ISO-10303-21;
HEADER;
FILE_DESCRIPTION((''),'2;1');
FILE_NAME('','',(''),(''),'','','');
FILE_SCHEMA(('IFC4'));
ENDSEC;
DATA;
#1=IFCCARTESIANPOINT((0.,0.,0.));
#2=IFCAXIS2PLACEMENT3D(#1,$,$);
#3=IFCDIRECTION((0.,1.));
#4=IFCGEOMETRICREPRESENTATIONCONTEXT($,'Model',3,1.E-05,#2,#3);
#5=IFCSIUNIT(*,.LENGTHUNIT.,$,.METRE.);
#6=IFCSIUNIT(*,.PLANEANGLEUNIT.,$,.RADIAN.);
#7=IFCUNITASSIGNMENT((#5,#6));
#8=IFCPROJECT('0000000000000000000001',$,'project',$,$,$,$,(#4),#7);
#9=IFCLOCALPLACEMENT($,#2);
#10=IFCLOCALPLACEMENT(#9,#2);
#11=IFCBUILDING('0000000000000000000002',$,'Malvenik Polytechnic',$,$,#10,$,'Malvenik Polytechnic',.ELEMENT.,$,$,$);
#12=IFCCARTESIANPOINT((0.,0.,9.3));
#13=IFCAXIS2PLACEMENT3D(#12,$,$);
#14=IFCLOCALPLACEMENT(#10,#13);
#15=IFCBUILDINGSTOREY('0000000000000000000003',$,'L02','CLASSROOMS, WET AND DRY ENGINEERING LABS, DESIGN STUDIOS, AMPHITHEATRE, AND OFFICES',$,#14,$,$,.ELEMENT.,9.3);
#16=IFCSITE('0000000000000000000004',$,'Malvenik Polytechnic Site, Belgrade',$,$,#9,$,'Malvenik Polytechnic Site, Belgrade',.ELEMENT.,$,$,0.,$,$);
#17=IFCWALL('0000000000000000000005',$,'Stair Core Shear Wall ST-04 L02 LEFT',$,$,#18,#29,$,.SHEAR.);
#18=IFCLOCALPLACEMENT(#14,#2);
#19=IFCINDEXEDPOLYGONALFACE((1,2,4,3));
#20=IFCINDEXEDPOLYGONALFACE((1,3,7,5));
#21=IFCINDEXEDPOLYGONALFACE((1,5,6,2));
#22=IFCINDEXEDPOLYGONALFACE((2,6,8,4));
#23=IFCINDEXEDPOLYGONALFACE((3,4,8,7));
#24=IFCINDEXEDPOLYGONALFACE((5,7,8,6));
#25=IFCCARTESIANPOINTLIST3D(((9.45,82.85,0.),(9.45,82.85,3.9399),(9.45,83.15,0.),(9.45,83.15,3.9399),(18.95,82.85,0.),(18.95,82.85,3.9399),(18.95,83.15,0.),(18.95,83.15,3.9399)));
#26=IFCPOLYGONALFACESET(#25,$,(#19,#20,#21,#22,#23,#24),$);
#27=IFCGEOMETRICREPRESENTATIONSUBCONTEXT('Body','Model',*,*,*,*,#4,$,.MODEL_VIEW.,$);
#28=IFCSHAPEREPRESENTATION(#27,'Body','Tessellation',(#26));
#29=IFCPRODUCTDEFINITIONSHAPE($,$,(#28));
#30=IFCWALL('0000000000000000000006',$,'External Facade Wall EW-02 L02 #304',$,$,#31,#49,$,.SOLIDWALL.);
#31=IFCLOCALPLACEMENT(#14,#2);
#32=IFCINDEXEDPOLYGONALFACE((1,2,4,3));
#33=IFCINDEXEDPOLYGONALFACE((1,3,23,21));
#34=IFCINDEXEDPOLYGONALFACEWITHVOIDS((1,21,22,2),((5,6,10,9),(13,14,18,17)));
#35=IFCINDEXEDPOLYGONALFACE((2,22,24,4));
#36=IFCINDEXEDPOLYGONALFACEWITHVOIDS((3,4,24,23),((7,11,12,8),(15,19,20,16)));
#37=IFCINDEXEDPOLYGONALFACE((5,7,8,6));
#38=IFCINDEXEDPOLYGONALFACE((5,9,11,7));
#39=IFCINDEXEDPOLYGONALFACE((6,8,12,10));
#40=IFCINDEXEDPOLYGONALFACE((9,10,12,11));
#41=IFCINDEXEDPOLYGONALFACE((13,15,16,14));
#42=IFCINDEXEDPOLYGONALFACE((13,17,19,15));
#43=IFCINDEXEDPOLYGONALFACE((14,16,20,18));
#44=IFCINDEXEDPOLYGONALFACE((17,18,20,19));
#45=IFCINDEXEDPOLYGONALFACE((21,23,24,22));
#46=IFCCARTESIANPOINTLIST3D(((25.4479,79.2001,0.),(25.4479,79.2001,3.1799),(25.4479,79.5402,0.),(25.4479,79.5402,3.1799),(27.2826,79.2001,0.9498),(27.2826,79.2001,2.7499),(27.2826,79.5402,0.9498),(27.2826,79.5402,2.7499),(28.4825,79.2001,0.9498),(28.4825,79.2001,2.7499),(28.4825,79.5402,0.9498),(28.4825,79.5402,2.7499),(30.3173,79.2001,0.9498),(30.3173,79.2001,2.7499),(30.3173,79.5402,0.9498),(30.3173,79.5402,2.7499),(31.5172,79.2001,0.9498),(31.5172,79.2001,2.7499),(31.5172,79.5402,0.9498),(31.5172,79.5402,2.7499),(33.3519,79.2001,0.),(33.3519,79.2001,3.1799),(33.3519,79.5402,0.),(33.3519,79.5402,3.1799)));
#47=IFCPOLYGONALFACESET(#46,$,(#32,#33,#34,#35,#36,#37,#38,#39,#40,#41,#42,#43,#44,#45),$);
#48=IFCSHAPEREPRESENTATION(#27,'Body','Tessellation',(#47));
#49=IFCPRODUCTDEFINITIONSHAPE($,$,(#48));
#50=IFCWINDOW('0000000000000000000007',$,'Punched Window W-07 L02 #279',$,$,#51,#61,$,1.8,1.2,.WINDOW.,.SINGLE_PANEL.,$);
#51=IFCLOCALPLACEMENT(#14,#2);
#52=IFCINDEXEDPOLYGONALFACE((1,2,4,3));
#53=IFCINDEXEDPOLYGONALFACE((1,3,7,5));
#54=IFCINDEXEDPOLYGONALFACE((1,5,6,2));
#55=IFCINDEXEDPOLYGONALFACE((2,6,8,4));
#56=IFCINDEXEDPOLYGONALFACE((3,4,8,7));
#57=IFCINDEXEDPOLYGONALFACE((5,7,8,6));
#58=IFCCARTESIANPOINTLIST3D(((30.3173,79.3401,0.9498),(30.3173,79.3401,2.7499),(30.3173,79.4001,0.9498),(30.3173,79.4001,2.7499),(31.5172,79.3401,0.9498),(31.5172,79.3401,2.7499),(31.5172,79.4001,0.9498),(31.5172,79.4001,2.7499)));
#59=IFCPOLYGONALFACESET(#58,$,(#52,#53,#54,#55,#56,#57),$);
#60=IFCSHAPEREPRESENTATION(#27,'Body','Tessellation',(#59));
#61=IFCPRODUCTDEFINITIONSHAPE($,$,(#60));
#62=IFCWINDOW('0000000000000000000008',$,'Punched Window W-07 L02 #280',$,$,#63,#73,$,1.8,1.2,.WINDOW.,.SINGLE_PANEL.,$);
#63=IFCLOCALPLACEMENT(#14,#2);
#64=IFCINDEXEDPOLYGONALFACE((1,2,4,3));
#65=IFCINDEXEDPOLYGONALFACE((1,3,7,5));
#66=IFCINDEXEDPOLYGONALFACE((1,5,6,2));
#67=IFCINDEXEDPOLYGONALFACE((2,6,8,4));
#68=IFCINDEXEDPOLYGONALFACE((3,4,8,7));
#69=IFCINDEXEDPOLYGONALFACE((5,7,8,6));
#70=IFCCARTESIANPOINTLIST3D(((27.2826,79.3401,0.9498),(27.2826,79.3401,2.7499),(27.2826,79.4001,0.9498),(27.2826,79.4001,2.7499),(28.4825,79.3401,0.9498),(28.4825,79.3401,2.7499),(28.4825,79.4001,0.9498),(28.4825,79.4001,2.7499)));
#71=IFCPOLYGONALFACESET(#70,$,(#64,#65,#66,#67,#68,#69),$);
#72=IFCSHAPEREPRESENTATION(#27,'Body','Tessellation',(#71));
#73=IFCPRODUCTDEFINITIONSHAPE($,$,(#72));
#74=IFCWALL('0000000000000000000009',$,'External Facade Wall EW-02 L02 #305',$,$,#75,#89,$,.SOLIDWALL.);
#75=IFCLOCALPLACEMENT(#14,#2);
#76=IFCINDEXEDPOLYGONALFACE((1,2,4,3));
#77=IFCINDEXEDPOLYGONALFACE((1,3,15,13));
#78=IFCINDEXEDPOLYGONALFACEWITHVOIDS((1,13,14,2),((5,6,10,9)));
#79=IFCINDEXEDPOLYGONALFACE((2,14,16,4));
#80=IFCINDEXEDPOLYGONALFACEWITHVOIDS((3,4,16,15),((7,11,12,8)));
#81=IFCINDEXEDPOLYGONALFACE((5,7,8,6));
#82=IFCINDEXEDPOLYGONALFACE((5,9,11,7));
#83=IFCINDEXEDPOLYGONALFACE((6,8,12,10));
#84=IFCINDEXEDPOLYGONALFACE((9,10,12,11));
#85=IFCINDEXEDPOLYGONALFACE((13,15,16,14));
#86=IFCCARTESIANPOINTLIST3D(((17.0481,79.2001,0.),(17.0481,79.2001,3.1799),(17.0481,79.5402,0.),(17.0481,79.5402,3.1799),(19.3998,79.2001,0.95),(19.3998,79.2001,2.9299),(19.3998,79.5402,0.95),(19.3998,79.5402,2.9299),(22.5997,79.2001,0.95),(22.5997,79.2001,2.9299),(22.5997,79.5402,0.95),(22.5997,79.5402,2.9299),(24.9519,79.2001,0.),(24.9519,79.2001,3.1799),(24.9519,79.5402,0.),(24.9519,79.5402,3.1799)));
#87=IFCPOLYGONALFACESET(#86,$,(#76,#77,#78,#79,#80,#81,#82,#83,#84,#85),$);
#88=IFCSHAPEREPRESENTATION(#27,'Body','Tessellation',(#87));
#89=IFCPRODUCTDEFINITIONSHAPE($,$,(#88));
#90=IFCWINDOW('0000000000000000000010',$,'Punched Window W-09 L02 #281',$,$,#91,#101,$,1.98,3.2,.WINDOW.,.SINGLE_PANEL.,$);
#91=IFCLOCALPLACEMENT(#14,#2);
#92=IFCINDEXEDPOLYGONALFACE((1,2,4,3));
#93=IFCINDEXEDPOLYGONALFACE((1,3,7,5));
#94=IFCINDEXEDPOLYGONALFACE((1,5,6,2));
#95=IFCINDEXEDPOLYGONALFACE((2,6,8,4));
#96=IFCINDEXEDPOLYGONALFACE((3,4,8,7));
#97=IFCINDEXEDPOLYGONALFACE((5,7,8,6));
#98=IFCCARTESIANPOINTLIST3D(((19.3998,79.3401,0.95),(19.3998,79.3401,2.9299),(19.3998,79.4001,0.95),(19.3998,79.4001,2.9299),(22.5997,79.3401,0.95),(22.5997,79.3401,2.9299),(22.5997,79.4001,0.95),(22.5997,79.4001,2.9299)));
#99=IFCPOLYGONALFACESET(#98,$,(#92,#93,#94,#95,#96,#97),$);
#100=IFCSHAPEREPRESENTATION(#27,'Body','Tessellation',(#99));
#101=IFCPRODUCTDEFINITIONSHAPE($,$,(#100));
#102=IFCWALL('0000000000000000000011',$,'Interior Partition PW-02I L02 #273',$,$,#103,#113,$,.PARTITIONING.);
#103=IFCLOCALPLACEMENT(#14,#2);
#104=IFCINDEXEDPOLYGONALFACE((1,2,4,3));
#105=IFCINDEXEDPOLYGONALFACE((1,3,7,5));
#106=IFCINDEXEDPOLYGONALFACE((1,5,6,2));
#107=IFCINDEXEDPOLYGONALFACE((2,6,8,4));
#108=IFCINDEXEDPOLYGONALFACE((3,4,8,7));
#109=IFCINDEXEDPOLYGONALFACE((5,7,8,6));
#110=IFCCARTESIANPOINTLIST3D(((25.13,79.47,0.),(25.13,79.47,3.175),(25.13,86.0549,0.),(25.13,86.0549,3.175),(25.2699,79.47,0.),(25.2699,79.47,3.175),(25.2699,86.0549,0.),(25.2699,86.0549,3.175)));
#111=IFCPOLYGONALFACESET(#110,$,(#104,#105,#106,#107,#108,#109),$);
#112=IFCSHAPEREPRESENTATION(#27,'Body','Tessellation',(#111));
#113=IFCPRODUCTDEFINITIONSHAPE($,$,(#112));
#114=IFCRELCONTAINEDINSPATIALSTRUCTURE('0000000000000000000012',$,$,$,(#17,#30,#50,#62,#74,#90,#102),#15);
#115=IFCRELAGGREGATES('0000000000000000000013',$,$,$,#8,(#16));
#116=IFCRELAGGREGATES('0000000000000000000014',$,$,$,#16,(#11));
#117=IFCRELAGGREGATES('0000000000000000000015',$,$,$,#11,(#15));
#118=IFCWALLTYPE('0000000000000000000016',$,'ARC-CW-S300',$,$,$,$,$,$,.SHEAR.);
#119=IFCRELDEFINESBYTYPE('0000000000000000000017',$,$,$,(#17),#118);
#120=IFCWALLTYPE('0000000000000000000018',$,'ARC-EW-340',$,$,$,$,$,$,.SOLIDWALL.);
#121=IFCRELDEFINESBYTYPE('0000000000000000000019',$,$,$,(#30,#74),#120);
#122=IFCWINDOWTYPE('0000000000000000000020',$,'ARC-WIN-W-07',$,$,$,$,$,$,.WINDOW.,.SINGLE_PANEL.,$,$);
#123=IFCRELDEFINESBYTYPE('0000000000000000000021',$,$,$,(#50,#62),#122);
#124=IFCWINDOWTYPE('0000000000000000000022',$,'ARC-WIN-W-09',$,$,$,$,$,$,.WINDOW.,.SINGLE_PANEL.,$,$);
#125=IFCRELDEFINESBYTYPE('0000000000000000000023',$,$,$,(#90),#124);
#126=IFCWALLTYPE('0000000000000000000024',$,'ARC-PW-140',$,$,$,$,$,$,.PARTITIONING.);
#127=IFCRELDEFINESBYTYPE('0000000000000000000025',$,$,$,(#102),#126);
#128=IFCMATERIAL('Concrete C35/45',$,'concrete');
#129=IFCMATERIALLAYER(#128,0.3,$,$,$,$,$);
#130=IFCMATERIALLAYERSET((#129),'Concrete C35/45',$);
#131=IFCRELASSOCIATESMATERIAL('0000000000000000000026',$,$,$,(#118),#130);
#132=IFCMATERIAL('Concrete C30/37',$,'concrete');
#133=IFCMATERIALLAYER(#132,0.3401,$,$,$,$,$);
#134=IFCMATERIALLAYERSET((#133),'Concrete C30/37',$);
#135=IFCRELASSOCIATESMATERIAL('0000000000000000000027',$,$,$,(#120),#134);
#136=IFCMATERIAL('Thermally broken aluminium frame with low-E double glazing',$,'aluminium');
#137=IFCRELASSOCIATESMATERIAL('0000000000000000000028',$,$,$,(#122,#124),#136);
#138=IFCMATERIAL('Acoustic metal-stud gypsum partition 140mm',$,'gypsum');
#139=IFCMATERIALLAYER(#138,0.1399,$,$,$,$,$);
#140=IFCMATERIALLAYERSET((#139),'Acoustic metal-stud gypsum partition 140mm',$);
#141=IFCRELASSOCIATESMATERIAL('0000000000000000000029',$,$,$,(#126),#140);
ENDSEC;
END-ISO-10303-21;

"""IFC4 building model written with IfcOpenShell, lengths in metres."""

from ifc_helpers import new_model, si_unit, direction, frame, frame_2d, origin, place, context, subcontext, project, spatial, rectangle, extrude, material, layer, layer_set, type_object, element, fill, save


model = new_model("IFC4")

# Units and contexts
model_context = context("Model", 3, precision=1e-05, world=origin(), true_north=direction((0.0, 1.0)))
body_context = subcontext(model_context, "Body", "Model", "MODEL_VIEW")
ifc_project = project(units=[si_unit("LENGTHUNIT", "METRE"), si_unit("PLANEANGLEUNIT", "RADIAN")], contexts=[model_context])

# Site, building, storey
site_placement = place(None, origin())
site = spatial("IfcSite", under=ifc_project, at=site_placement, Name="Malvenik Polytechnic Site, Belgrade", LongName="Malvenik Polytechnic Site, Belgrade", CompositionType="ELEMENT", RefElevation=0.0)
building_placement = place(site_placement, origin())
building = spatial("IfcBuilding", under=site, at=building_placement, Name="Malvenik Polytechnic", LongName="Malvenik Polytechnic", CompositionType="ELEMENT")
storey_placement = place(building_placement, frame((0.0, 0.0, 9.3)))
storey = spatial("IfcBuildingStorey", under=building, at=storey_placement, Name="L02", Description="CLASSROOMS, WET AND DRY ENGINEERING LABS, DESIGN STUDIOS, AMPHITHEATRE, AND OFFICES", CompositionType="ELEMENT", Elevation=9.3)

# Shared definitions
ifc_material_1 = material(Name="Concrete C35/45", Category="concrete")

# Wall
ifc_layer_1 = layer(ifc_material_1, 0.3)
ifc_layer_set_1 = layer_set([ifc_layer_1], Name="Concrete C35/45")
wall_type_1 = type_object("IfcWallType", Name="ARC-CW-S300", PredefinedType="SHEAR", material=ifc_layer_set_1)
wall_1_placement = place(storey_placement, frame((18.95, 83.0, 0.0), z_axis=(0.0, 0.0, 1.0), x_axis=(-1.0, 0.0, 0.0)))
element("IfcWall", 1, at=wall_1_placement, inside=storey, type_object=wall_type_1, Name="Stair Core Shear Wall ST-04 L02 LEFT", PredefinedType="SHEAR", context=body_context, shape_type="SweptSolid", body=[
    extrude(rectangle(XDim=9.5, YDim=0.3, at=frame_2d((4.75, 0.0))), origin(), (0.0, 0.0, 1.0), 3.9399),
])

# Wall, openings, windows
ifc_material_2 = material(Name="Concrete C30/37", Category="concrete")
ifc_layer_2 = layer(ifc_material_2, 0.3401)
ifc_layer_set_2 = layer_set([ifc_layer_2], Name="Concrete C30/37")
wall_type_2 = type_object("IfcWallType", Name="ARC-EW-340", PredefinedType="SOLIDWALL", material=ifc_layer_set_2)
wall_2_placement = place(storey_placement, frame((33.3521, 79.3701, 0.0), z_axis=(0.0, 0.0, 1.0), x_axis=(-1.0, 0.0, 0.0)))
wall_2 = element("IfcWall", 2, at=wall_2_placement, inside=storey, type_object=wall_type_2, Name="External Facade Wall EW-02 L02 #304", PredefinedType="SOLIDWALL", context=body_context, shape_type="SweptSolid", body=[
    extrude(rectangle(XDim=7.9041, YDim=0.3401, at=frame_2d((3.9521, 0.0))), origin(), (0.0, 0.0, 1.0), 3.1799),
])
opening_1_placement = place(wall_2_placement, frame((1.8347, 0.0, 0.95)))
opening_1 = element("IfcOpeningElement", 3, at=opening_1_placement, cuts=wall_2, PredefinedType="OPENING", context=body_context, shape_type="SweptSolid", body=[
    extrude(rectangle(XDim=1.2, YDim=1.8, at=frame_2d((0.6001, 0.8999))), frame((0.0, 0.1802, 0.0), z_axis=(0.0, -1.0, 0.0), x_axis=(1.0, 0.0, 0.0)), (0.0, 0.0, 1.0), 0.3601),
])
opening_2_placement = place(wall_2_placement, frame((4.8694, 0.0, 0.95)))
opening_2 = element("IfcOpeningElement", 4, at=opening_2_placement, cuts=wall_2, PredefinedType="OPENING", context=body_context, shape_type="SweptSolid", body=[
    extrude(rectangle(XDim=1.2, YDim=1.8, at=frame_2d((0.6001, 0.8999))), frame((0.0, 0.1802, 0.0), z_axis=(0.0, -1.0, 0.0), x_axis=(1.0, 0.0, 0.0)), (0.0, 0.0, 1.0), 0.3601),
])
ifc_material_3 = material(Name="Thermally broken aluminium frame with low-E double glazing", Category="aluminium")
window_type_1 = type_object("IfcWindowType", Name="ARC-WIN-W-07", PartitioningType="SINGLE_PANEL", PredefinedType="WINDOW", material=ifc_material_3)
window_1_placement = place(opening_1_placement, origin())
window_1 = element("IfcWindow", 5, at=window_1_placement, inside=storey, type_object=window_type_1, Name="Punched Window W-07 L02 #279", OverallHeight=1.8, OverallWidth=1.2, PartitioningType="SINGLE_PANEL", PredefinedType="WINDOW", context=body_context, shape_type="SweptSolid", body=[
    extrude(rectangle(XDim=1.2, YDim=1.8, at=frame_2d((0.6001, 0.8999))), frame((0.0, 0.03, 0.0), z_axis=(0.0, -1.0, 0.0), x_axis=(1.0, 0.0, 0.0)), (0.0, 0.0, 1.0), 0.0601),
])
fill(opening_1, window_1)
window_2_placement = place(opening_2_placement, origin())
window_2 = element("IfcWindow", 6, at=window_2_placement, inside=storey, type_object=window_type_1, Name="Punched Window W-07 L02 #280", OverallHeight=1.8, OverallWidth=1.2, PartitioningType="SINGLE_PANEL", PredefinedType="WINDOW", context=body_context, shape_type="SweptSolid", body=[
    extrude(rectangle(XDim=1.2, YDim=1.8, at=frame_2d((0.6001, 0.8999))), frame((0.0, 0.03, 0.0), z_axis=(0.0, -1.0, 0.0), x_axis=(1.0, 0.0, 0.0)), (0.0, 0.0, 1.0), 0.0601),
])
fill(opening_2, window_2)

# Wall, opening, window
wall_3_placement = place(storey_placement, frame((24.9519, 79.3701, 0.0), z_axis=(0.0, 0.0, 1.0), x_axis=(-1.0, 0.0, 0.0)))
wall_3 = element("IfcWall", 7, at=wall_3_placement, inside=storey, type_object=wall_type_2, Name="External Facade Wall EW-02 L02 #305", PredefinedType="SOLIDWALL", context=body_context, shape_type="SweptSolid", body=[
    extrude(rectangle(XDim=7.9038, YDim=0.3401, at=frame_2d((3.9519, 0.0))), origin(), (0.0, 0.0, 1.0), 3.1799),
])
opening_3_placement = place(wall_3_placement, frame((2.3521, 0.0, 0.95)))
opening_3 = element("IfcOpeningElement", 8, at=opening_3_placement, cuts=wall_3, PredefinedType="OPENING", context=body_context, shape_type="SweptSolid", body=[
    extrude(rectangle(XDim=3.2, YDim=1.98, at=frame_2d((1.6001, 0.99))), frame((0.0, 0.1802, 0.0), z_axis=(0.0, -1.0, 0.0), x_axis=(1.0, 0.0, 0.0)), (0.0, 0.0, 1.0), 0.3601),
])
window_type_2 = type_object("IfcWindowType", Name="ARC-WIN-W-09", PartitioningType="SINGLE_PANEL", PredefinedType="WINDOW", material=ifc_material_3)
window_3_placement = place(opening_3_placement, origin())
window_3 = element("IfcWindow", 9, at=window_3_placement, inside=storey, type_object=window_type_2, Name="Punched Window W-09 L02 #281", OverallHeight=1.98, OverallWidth=3.2, PartitioningType="SINGLE_PANEL", PredefinedType="WINDOW", context=body_context, shape_type="SweptSolid", body=[
    extrude(rectangle(XDim=3.2, YDim=1.98, at=frame_2d((1.6001, 0.99))), frame((0.0, 0.03, 0.0), z_axis=(0.0, -1.0, 0.0), x_axis=(1.0, 0.0, 0.0)), (0.0, 0.0, 1.0), 0.0601),
])
fill(opening_3, window_3)

# Wall
ifc_material_4 = material(Name="Acoustic metal-stud gypsum partition 140mm", Category="gypsum")
ifc_layer_3 = layer(ifc_material_4, 0.1399)
ifc_layer_set_3 = layer_set([ifc_layer_3], Name="Acoustic metal-stud gypsum partition 140mm")
wall_type_3 = type_object("IfcWallType", Name="ARC-PW-140", PredefinedType="PARTITIONING", material=ifc_layer_set_3)
wall_4_placement = place(storey_placement, frame((25.2, 79.47, 0.0), z_axis=(0.0, 0.0, 1.0), x_axis=(0.0, 1.0, 0.0)))
element("IfcWall", 10, at=wall_4_placement, inside=storey, type_object=wall_type_3, Name="Interior Partition PW-02I L02 #273", PredefinedType="PARTITIONING", context=body_context, shape_type="SweptSolid", body=[
    extrude(rectangle(XDim=6.585, YDim=0.1399, at=frame_2d((3.2925, 0.0))), origin(), (0.0, 0.0, 1.0), 3.175),
])

save(model, "model.ifc")
